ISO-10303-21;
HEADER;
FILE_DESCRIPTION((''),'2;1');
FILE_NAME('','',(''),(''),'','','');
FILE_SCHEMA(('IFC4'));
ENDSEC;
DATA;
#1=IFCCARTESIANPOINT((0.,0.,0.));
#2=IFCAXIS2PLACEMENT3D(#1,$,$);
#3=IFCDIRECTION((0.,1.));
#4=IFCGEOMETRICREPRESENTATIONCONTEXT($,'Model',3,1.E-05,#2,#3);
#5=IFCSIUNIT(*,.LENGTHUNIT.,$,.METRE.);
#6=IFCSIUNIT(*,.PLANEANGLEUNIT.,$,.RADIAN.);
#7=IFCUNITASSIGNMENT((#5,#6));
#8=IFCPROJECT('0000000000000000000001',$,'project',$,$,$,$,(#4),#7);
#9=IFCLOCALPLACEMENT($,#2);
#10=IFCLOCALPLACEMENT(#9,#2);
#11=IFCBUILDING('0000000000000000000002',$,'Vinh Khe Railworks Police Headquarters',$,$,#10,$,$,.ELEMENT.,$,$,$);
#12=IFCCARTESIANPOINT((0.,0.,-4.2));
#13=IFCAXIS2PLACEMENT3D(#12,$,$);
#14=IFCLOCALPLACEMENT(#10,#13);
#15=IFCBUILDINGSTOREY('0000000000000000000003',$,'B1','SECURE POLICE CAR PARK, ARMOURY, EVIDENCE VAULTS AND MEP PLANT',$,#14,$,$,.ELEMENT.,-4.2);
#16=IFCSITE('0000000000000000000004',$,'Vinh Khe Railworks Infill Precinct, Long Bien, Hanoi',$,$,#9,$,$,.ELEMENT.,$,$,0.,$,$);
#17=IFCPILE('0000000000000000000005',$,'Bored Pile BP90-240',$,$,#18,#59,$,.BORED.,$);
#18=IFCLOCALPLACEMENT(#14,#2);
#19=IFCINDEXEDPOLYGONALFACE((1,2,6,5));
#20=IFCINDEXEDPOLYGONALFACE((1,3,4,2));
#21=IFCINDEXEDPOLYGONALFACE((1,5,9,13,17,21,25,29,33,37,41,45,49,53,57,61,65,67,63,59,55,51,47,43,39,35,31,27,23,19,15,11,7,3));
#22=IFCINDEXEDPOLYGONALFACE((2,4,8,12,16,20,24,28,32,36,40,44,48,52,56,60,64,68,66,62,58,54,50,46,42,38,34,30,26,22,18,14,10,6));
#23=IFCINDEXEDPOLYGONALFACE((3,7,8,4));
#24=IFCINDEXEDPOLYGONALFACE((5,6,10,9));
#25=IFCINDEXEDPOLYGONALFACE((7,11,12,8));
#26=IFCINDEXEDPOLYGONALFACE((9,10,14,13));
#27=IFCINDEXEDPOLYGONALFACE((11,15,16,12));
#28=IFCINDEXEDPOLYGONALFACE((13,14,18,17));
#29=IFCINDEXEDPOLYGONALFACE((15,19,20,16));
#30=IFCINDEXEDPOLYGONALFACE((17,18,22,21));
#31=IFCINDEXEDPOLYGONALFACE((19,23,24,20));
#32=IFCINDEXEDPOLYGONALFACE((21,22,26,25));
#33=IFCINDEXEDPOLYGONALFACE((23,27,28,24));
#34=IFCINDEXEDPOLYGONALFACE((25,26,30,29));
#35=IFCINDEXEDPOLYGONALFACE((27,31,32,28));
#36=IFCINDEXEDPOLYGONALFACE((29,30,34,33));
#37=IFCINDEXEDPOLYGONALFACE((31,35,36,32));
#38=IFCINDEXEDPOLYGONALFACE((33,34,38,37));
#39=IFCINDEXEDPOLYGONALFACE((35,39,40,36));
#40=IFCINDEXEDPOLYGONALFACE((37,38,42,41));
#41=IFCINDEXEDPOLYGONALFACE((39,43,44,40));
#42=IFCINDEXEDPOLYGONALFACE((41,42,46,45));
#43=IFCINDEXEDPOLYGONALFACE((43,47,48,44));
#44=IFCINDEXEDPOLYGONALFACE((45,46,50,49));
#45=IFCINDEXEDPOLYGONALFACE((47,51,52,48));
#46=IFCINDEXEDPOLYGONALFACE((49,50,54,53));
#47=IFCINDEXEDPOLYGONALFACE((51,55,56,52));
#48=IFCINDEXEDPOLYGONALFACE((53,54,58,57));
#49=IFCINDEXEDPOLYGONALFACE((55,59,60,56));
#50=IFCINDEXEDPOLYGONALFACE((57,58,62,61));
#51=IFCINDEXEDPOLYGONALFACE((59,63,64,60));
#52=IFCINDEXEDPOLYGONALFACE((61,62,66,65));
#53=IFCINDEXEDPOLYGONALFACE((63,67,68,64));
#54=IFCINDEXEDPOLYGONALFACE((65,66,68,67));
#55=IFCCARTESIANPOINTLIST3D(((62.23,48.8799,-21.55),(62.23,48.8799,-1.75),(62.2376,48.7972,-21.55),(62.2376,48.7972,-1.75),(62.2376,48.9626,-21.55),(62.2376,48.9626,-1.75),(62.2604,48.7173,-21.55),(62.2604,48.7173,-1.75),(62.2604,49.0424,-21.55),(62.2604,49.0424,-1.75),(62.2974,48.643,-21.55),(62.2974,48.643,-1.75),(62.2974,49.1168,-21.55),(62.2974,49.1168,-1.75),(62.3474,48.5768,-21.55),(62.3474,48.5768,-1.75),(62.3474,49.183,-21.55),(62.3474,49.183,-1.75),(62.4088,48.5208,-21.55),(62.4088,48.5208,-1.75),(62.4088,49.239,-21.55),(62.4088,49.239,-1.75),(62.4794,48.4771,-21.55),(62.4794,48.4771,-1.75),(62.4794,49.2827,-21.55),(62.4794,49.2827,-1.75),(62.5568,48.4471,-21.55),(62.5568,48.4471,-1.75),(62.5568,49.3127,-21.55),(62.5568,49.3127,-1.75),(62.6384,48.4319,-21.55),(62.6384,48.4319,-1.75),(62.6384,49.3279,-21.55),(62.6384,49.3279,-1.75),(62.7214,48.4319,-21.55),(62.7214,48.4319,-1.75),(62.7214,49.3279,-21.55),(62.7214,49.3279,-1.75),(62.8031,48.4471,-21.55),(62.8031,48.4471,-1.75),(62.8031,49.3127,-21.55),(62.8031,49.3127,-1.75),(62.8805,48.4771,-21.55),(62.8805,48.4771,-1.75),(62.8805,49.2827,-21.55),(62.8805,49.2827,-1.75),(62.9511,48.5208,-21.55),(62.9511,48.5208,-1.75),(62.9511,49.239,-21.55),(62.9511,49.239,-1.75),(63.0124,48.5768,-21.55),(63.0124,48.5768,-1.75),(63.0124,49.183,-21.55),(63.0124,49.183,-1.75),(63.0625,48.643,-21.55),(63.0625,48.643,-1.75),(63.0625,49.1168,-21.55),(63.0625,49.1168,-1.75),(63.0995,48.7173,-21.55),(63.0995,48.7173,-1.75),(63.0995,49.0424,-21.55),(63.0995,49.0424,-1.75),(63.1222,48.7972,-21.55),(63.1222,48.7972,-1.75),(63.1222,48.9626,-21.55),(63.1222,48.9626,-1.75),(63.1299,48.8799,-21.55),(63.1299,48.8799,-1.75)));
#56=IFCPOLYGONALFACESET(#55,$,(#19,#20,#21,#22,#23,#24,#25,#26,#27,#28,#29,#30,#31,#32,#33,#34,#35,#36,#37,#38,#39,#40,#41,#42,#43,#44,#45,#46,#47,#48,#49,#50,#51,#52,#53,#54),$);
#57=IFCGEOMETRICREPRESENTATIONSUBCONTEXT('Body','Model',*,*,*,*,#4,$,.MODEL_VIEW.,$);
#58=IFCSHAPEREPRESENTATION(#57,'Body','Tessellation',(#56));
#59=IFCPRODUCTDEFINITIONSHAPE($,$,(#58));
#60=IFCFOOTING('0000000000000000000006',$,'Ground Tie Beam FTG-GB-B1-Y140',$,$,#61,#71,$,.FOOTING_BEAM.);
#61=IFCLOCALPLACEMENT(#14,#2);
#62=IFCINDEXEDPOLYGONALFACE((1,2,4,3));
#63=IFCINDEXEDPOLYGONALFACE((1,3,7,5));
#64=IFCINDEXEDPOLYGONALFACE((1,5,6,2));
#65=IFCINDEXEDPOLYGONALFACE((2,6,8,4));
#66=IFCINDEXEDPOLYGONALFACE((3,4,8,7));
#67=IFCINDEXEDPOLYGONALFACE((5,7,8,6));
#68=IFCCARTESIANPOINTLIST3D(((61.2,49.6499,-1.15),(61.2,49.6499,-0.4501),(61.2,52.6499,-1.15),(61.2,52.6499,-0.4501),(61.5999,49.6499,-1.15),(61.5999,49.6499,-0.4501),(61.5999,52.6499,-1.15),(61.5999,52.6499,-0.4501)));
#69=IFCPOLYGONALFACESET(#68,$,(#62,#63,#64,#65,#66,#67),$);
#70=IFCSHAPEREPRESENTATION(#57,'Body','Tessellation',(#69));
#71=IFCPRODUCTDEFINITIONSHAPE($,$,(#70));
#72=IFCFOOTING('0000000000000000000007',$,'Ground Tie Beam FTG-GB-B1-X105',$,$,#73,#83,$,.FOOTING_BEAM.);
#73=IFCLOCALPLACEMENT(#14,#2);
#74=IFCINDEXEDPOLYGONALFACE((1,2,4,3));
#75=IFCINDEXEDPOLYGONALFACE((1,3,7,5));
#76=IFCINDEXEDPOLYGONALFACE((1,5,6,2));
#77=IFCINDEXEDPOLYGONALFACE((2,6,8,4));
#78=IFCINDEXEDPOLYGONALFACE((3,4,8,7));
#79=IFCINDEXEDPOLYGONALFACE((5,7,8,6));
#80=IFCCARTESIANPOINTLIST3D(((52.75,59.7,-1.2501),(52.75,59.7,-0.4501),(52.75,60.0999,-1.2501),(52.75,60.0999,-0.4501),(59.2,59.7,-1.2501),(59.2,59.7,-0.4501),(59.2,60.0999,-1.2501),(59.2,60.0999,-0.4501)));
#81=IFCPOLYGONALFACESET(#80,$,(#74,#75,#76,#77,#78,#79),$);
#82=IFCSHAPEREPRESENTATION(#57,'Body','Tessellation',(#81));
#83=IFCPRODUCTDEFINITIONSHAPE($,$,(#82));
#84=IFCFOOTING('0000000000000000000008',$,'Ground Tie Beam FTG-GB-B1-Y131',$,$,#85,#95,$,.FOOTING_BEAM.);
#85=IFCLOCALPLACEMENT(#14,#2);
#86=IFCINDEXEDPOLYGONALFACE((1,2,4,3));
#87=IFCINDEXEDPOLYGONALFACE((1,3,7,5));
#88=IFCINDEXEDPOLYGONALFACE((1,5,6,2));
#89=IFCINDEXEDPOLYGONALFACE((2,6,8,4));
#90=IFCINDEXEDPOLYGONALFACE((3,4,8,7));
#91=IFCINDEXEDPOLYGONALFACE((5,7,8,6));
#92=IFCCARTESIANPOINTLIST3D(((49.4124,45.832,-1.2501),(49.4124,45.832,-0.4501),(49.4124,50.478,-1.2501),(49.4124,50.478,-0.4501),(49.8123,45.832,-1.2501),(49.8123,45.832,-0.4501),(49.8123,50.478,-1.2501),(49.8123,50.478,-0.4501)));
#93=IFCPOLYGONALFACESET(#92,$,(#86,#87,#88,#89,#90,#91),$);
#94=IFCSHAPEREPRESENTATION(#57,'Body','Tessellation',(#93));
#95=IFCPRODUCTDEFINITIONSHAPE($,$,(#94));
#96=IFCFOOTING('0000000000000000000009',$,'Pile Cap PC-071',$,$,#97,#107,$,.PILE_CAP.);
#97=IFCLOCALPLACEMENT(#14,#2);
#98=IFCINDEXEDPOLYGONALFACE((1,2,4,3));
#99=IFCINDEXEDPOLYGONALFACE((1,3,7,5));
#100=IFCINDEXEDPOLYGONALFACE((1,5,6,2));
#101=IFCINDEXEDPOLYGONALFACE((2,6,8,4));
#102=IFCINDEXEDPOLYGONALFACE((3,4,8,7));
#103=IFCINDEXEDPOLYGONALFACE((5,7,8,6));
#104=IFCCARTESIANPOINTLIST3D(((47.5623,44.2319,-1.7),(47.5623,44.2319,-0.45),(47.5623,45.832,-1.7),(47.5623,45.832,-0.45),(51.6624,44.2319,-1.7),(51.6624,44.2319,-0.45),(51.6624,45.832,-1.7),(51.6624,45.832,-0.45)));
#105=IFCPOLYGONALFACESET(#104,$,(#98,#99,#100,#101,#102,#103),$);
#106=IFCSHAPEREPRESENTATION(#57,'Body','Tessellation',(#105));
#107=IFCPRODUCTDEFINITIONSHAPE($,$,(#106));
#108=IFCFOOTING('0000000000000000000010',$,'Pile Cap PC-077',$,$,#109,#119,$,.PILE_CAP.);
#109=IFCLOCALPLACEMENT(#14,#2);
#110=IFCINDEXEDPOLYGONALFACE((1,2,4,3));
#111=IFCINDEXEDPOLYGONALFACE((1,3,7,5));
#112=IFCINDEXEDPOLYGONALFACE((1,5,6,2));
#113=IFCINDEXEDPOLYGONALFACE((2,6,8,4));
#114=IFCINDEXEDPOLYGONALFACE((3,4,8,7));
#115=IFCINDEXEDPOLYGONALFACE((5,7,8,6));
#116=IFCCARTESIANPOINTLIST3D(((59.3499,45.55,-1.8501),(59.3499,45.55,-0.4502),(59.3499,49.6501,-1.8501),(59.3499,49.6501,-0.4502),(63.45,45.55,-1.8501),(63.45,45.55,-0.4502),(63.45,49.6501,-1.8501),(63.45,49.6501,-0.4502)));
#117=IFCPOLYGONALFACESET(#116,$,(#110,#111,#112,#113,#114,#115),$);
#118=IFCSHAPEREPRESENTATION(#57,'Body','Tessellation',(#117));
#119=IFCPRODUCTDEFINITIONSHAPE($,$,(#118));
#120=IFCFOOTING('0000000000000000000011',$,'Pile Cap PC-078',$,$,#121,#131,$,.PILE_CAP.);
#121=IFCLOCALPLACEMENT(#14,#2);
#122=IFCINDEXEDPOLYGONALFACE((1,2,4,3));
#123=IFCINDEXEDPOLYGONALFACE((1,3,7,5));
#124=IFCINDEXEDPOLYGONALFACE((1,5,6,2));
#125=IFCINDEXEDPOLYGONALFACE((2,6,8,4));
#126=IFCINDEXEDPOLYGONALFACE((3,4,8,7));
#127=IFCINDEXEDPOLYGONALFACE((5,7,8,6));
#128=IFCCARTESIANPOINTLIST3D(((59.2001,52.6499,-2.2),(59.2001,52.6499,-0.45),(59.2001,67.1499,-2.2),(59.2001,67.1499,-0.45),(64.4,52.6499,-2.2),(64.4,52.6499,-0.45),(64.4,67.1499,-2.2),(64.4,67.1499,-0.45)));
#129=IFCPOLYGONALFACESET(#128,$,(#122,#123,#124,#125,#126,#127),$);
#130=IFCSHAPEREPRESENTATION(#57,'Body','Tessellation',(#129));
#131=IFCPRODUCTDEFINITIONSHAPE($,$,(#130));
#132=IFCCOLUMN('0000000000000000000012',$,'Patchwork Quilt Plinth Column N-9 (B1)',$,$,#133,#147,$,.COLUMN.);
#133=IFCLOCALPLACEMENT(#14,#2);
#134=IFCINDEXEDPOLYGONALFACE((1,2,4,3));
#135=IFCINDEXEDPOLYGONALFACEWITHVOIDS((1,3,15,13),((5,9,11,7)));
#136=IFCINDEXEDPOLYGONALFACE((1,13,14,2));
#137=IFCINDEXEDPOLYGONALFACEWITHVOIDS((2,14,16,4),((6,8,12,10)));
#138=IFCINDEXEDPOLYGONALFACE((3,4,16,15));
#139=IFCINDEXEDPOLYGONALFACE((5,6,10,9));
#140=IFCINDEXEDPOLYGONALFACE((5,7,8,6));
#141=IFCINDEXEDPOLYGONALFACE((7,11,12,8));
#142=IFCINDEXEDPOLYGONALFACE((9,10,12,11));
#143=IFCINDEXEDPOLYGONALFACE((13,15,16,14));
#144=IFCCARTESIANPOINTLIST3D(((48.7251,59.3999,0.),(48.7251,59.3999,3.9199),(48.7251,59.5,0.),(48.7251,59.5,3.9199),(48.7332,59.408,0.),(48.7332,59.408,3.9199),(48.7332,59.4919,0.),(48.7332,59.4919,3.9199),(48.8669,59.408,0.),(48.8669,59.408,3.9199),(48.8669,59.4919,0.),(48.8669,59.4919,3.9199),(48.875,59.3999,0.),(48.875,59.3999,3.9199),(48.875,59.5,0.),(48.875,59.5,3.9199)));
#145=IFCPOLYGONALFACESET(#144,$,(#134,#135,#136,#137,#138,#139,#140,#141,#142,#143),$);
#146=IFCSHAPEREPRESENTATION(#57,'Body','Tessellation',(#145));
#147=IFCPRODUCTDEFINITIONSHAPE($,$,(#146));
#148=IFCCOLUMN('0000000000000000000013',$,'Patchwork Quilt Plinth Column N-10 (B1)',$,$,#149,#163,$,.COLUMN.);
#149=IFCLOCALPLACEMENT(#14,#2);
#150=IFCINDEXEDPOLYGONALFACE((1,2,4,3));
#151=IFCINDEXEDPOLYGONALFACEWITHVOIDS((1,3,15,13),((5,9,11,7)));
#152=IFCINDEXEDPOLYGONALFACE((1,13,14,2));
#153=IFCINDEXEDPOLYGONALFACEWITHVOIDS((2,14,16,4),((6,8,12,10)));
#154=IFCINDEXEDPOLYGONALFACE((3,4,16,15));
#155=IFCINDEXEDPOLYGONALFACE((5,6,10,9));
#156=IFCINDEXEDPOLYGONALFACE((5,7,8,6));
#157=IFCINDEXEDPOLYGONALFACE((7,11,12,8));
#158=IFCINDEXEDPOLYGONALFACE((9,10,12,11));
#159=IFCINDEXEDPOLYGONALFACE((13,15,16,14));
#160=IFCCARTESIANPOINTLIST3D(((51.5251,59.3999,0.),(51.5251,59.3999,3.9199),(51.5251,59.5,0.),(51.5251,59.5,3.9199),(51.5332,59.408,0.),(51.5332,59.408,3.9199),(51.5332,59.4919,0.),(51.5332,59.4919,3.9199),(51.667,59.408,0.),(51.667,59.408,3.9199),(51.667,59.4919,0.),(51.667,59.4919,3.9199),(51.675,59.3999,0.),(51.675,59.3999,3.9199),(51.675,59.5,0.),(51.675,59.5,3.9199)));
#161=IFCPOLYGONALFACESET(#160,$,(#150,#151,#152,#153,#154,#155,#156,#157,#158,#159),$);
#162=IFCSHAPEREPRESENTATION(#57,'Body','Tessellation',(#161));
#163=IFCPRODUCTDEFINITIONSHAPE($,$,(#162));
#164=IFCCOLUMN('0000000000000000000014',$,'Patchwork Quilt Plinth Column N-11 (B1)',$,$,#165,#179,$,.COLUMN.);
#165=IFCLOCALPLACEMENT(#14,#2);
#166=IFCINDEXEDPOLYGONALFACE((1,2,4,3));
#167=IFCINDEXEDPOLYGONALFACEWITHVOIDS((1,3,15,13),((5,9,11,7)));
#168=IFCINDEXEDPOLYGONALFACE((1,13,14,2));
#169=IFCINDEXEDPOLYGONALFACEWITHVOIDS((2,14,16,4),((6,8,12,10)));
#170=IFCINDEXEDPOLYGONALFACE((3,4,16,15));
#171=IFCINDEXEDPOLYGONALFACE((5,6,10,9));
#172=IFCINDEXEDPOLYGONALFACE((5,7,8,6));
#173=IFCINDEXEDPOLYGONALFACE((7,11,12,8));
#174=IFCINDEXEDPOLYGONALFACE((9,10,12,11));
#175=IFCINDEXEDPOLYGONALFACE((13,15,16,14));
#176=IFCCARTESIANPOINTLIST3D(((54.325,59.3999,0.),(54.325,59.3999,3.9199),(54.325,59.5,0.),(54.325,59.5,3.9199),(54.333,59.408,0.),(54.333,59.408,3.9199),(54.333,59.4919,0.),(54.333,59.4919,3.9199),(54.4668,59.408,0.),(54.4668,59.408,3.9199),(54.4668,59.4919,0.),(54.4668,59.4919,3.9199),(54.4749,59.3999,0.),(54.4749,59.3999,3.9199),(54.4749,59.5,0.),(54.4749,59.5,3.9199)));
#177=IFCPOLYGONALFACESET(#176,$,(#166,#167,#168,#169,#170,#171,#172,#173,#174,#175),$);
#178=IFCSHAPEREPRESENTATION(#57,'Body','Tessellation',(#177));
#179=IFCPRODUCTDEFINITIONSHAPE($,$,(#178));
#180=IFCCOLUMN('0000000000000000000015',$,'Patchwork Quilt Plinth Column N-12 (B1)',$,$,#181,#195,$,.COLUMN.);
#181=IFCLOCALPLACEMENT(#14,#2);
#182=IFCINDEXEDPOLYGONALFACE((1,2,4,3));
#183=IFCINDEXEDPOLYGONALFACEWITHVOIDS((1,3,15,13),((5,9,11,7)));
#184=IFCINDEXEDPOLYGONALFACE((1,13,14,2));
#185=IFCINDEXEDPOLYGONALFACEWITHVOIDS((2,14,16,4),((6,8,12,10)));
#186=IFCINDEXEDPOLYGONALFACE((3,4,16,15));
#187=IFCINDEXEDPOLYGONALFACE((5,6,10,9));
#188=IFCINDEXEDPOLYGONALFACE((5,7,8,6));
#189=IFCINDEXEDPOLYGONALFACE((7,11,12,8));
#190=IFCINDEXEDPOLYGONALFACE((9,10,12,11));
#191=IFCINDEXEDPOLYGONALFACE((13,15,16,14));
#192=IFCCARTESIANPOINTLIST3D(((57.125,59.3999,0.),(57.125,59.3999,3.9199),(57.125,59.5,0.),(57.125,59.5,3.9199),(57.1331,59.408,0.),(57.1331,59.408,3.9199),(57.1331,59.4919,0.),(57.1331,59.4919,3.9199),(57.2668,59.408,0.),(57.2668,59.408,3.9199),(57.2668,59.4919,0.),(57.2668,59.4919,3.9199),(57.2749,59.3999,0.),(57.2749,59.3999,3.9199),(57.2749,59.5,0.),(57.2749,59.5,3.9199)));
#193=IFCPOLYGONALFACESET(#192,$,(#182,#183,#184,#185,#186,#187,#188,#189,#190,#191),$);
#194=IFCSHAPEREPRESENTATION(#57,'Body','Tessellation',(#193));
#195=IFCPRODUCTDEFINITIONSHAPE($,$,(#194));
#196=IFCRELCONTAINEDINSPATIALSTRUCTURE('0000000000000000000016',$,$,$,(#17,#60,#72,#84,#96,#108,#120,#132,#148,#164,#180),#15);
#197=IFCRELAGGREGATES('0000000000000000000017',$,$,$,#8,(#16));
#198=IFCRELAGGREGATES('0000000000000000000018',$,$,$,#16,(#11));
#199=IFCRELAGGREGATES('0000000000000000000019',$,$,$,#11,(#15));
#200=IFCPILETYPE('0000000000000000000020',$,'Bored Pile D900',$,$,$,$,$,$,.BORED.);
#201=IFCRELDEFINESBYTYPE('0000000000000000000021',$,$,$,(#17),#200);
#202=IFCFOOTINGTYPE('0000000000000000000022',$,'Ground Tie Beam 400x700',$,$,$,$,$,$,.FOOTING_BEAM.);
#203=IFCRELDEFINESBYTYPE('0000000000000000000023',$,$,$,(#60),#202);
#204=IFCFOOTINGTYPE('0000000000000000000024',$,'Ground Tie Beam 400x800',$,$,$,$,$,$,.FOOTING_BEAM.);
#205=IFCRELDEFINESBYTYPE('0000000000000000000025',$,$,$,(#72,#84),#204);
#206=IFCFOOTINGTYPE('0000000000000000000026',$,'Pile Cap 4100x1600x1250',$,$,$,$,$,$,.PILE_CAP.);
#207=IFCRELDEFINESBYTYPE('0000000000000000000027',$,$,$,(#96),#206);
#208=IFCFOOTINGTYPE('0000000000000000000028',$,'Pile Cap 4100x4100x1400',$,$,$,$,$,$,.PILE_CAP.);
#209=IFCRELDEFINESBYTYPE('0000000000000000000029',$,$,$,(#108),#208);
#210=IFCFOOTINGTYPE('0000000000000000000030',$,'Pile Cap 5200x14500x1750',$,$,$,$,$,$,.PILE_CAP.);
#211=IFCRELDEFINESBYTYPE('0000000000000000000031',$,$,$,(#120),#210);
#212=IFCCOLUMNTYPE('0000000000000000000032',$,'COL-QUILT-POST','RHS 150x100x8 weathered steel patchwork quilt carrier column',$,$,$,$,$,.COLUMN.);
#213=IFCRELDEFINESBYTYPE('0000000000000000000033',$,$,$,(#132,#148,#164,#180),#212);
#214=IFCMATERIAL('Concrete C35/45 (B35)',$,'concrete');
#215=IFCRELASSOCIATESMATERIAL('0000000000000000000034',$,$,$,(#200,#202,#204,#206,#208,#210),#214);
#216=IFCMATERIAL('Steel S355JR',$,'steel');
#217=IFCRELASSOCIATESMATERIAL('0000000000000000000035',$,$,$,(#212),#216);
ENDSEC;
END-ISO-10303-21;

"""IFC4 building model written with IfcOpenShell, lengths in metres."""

from ifc_helpers import new_model, si_unit, direction, frame, origin, origin_2d, place, context, subcontext, project, spatial, rectangle, hollow_rectangle, circle, extrude, material, material_profile, profile_set, type_object, element, save


model = new_model("IFC4")

# Units and contexts
model_context = context("Model", 3, precision=1e-05, world=origin(), true_north=direction((0.0, 1.0)))
body_context = subcontext(model_context, "Body", "Model", "MODEL_VIEW")
ifc_project = project(units=[si_unit("LENGTHUNIT", "METRE"), si_unit("PLANEANGLEUNIT", "RADIAN")], contexts=[model_context])

# Site, building, storey
site_placement = place(None, origin())
site = spatial("IfcSite", under=ifc_project, at=site_placement, Name="Vinh Khe Railworks Infill Precinct, Long Bien, Hanoi", CompositionType="ELEMENT", RefElevation=0.0)
building_placement = place(site_placement, origin())
building = spatial("IfcBuilding", under=site, at=building_placement, Name="Vinh Khe Railworks Police Headquarters", CompositionType="ELEMENT")
storey_placement = place(building_placement, frame((0.0, 0.0, -4.2)))
storey = spatial("IfcBuildingStorey", under=building, at=storey_placement, Name="B1", Description="SECURE POLICE CAR PARK, ARMOURY, EVIDENCE VAULTS AND MEP PLANT", CompositionType="ELEMENT", Elevation=-4.2)

# Pile
ifc_material_1 = material(Name="Concrete C35/45 (B35)", Category="concrete")
ifc_material_profile_1 = material_profile(ifc_material_1, circle(Radius=0.45, at=origin_2d()), Name="BORED PILE D900")
ifc_profile_set_1 = profile_set([ifc_material_profile_1], Name="Concrete C35/45 (B35)")
pile_type_1 = type_object("IfcPileType", Name="Bored Pile D900", PredefinedType="BORED", material=ifc_profile_set_1)
for number, where, z_axis, x_axis, name in (
    (1, (62.6799, 48.8799, -1.75), (0.0, 0.0, -1.0), (1.0, 0.0, 0.0), "Bored Pile BP90-240"),
):
    element("IfcPile", number, at=place(storey_placement, frame(where, z_axis=z_axis, x_axis=x_axis)), inside=storey, type_object=pile_type_1, Name=name, PredefinedType="BORED", context=body_context, shape_type="SweptSolid", body=[
        extrude(circle(Radius=0.45, at=origin_2d()), origin(), (0.0, 0.0, 1.0), 19.8),
    ])

# Footings
ifc_material_profile_2 = material_profile(ifc_material_1, rectangle(XDim=0.3999, YDim=0.7, at=origin_2d()), Name="RC 400x700")
ifc_profile_set_2 = profile_set([ifc_material_profile_2], Name="Concrete C35/45 (B35)")
footing_type_1 = type_object("IfcFootingType", Name="Ground Tie Beam 400x700", PredefinedType="FOOTING_BEAM", material=ifc_profile_set_2)
footing_1_placement = place(storey_placement, frame((61.3999, 49.6499, -0.8), z_axis=(0.0, 1.0, 0.0), x_axis=(-1.0, 0.0, 0.0)))
element("IfcFooting", 2, at=footing_1_placement, inside=storey, type_object=footing_type_1, Name="Ground Tie Beam FTG-GB-B1-Y140", PredefinedType="FOOTING_BEAM", context=body_context, shape_type="SweptSolid", body=[
    extrude(rectangle(XDim=0.3999, YDim=0.7, at=origin_2d()), origin(), (0.0, 0.0, 1.0), 3.0),
])
ifc_material_profile_3 = material_profile(ifc_material_1, rectangle(XDim=0.3999, YDim=0.8, at=origin_2d()), Name="RC 400x800")
ifc_profile_set_3 = profile_set([ifc_material_profile_3], Name="Concrete C35/45 (B35)")
footing_type_2 = type_object("IfcFootingType", Name="Ground Tie Beam 400x800", PredefinedType="FOOTING_BEAM", material=ifc_profile_set_3)
footing_2_placement = place(storey_placement, frame((52.75, 59.8999, -0.8501), z_axis=(1.0, 0.0, 0.0), x_axis=(0.0, 1.0, 0.0)))
element("IfcFooting", 3, at=footing_2_placement, inside=storey, type_object=footing_type_2, Name="Ground Tie Beam FTG-GB-B1-X105", PredefinedType="FOOTING_BEAM", context=body_context, shape_type="SweptSolid", body=[
    extrude(rectangle(XDim=0.3999, YDim=0.8, at=origin_2d()), origin(), (0.0, 0.0, 1.0), 6.45),
])
footing_3_placement = place(storey_placement, frame((49.6123, 45.832, -0.8501), z_axis=(0.0, 1.0, 0.0), x_axis=(-1.0, 0.0, 0.0)))
element("IfcFooting", 4, at=footing_3_placement, inside=storey, type_object=footing_type_2, Name="Ground Tie Beam FTG-GB-B1-Y131", PredefinedType="FOOTING_BEAM", context=body_context, shape_type="SweptSolid", body=[
    extrude(rectangle(XDim=0.3999, YDim=0.8, at=origin_2d()), origin(), (0.0, 0.0, 1.0), 4.646),
])
footing_type_3 = type_object("IfcFootingType", Name="Pile Cap 4100x1600x1250", PredefinedType="PILE_CAP", material=ifc_material_1)
footing_4_placement = place(storey_placement, frame((49.6123, 45.032, -1.7), z_axis=(0.0, 0.0, 1.0), x_axis=(1.0, 0.0, 0.0)))
element("IfcFooting", 5, at=footing_4_placement, inside=storey, type_object=footing_type_3, Name="Pile Cap PC-071", PredefinedType="PILE_CAP", context=body_context, shape_type="SweptSolid", body=[
    extrude(rectangle(XDim=4.1001, YDim=1.6001, at=origin_2d()), origin(), (0.0, 0.0, 1.0), 1.25),
])
footing_type_4 = type_object("IfcFootingType", Name="Pile Cap 4100x4100x1400", PredefinedType="PILE_CAP", material=ifc_material_1)
footing_5_placement = place(storey_placement, frame((61.3999, 47.6001, -1.8501), z_axis=(0.0, 0.0, 1.0), x_axis=(1.0, 0.0, 0.0)))
element("IfcFooting", 6, at=footing_5_placement, inside=storey, type_object=footing_type_4, Name="Pile Cap PC-077", PredefinedType="PILE_CAP", context=body_context, shape_type="SweptSolid", body=[
    extrude(rectangle(XDim=4.1001, YDim=4.1001, at=origin_2d()), origin(), (0.0, 0.0, 1.0), 1.3999),
])
footing_type_5 = type_object("IfcFootingType", Name="Pile Cap 5200x14500x1750", PredefinedType="PILE_CAP", material=ifc_material_1)
footing_6_placement = place(storey_placement, frame((61.8, 59.8999, -2.2), z_axis=(0.0, 0.0, 1.0), x_axis=(1.0, 0.0, 0.0)))
element("IfcFooting", 7, at=footing_6_placement, inside=storey, type_object=footing_type_5, Name="Pile Cap PC-078", PredefinedType="PILE_CAP", context=body_context, shape_type="SweptSolid", body=[
    extrude(rectangle(XDim=5.2, YDim=14.5, at=origin_2d()), origin(), (0.0, 0.0, 1.0), 1.75),
])

# Columns
ifc_material_2 = material(Name="Steel S355JR", Category="steel")
ifc_material_profile_4 = material_profile(ifc_material_2, hollow_rectangle(XDim=0.1499, YDim=0.1001, WallThickness=0.0081, at=origin_2d()), Name="RHS 150x100x8")
ifc_profile_set_4 = profile_set([ifc_material_profile_4], Name="Steel S355JR")
column_type_1 = type_object("IfcColumnType", Name="COL-QUILT-POST", Description="RHS 150x100x8 weathered steel patchwork quilt carrier column", PredefinedType="COLUMN", material=ifc_profile_set_4)
for number, where, z_axis, x_axis, name in (
    (8, (48.8, 59.45, 0.0), (0.0, 0.0, 1.0), (1.0, 0.0, 0.0), "Patchwork Quilt Plinth Column N-9 (B1)"),
    (9, (51.6001, 59.45, 0.0), (0.0, 0.0, 1.0), (1.0, 0.0, 0.0), "Patchwork Quilt Plinth Column N-10 (B1)"),
    (10, (54.3999, 59.45, 0.0), (0.0, 0.0, 1.0), (1.0, 0.0, 0.0), "Patchwork Quilt Plinth Column N-11 (B1)"),
    (11, (57.2, 59.45, 0.0), (0.0, 0.0, 1.0), (1.0, 0.0, 0.0), "Patchwork Quilt Plinth Column N-12 (B1)"),
):
    element("IfcColumn", number, at=place(storey_placement, frame(where, z_axis=z_axis, x_axis=x_axis)), inside=storey, type_object=column_type_1, Name=name, PredefinedType="COLUMN", context=body_context, shape_type="SweptSolid", body=[
        extrude(hollow_rectangle(XDim=0.1499, YDim=0.1001, WallThickness=0.0081, at=origin_2d()), origin(), (0.0, 0.0, 1.0), 3.9199),
    ])

save(model, "model.ifc")
